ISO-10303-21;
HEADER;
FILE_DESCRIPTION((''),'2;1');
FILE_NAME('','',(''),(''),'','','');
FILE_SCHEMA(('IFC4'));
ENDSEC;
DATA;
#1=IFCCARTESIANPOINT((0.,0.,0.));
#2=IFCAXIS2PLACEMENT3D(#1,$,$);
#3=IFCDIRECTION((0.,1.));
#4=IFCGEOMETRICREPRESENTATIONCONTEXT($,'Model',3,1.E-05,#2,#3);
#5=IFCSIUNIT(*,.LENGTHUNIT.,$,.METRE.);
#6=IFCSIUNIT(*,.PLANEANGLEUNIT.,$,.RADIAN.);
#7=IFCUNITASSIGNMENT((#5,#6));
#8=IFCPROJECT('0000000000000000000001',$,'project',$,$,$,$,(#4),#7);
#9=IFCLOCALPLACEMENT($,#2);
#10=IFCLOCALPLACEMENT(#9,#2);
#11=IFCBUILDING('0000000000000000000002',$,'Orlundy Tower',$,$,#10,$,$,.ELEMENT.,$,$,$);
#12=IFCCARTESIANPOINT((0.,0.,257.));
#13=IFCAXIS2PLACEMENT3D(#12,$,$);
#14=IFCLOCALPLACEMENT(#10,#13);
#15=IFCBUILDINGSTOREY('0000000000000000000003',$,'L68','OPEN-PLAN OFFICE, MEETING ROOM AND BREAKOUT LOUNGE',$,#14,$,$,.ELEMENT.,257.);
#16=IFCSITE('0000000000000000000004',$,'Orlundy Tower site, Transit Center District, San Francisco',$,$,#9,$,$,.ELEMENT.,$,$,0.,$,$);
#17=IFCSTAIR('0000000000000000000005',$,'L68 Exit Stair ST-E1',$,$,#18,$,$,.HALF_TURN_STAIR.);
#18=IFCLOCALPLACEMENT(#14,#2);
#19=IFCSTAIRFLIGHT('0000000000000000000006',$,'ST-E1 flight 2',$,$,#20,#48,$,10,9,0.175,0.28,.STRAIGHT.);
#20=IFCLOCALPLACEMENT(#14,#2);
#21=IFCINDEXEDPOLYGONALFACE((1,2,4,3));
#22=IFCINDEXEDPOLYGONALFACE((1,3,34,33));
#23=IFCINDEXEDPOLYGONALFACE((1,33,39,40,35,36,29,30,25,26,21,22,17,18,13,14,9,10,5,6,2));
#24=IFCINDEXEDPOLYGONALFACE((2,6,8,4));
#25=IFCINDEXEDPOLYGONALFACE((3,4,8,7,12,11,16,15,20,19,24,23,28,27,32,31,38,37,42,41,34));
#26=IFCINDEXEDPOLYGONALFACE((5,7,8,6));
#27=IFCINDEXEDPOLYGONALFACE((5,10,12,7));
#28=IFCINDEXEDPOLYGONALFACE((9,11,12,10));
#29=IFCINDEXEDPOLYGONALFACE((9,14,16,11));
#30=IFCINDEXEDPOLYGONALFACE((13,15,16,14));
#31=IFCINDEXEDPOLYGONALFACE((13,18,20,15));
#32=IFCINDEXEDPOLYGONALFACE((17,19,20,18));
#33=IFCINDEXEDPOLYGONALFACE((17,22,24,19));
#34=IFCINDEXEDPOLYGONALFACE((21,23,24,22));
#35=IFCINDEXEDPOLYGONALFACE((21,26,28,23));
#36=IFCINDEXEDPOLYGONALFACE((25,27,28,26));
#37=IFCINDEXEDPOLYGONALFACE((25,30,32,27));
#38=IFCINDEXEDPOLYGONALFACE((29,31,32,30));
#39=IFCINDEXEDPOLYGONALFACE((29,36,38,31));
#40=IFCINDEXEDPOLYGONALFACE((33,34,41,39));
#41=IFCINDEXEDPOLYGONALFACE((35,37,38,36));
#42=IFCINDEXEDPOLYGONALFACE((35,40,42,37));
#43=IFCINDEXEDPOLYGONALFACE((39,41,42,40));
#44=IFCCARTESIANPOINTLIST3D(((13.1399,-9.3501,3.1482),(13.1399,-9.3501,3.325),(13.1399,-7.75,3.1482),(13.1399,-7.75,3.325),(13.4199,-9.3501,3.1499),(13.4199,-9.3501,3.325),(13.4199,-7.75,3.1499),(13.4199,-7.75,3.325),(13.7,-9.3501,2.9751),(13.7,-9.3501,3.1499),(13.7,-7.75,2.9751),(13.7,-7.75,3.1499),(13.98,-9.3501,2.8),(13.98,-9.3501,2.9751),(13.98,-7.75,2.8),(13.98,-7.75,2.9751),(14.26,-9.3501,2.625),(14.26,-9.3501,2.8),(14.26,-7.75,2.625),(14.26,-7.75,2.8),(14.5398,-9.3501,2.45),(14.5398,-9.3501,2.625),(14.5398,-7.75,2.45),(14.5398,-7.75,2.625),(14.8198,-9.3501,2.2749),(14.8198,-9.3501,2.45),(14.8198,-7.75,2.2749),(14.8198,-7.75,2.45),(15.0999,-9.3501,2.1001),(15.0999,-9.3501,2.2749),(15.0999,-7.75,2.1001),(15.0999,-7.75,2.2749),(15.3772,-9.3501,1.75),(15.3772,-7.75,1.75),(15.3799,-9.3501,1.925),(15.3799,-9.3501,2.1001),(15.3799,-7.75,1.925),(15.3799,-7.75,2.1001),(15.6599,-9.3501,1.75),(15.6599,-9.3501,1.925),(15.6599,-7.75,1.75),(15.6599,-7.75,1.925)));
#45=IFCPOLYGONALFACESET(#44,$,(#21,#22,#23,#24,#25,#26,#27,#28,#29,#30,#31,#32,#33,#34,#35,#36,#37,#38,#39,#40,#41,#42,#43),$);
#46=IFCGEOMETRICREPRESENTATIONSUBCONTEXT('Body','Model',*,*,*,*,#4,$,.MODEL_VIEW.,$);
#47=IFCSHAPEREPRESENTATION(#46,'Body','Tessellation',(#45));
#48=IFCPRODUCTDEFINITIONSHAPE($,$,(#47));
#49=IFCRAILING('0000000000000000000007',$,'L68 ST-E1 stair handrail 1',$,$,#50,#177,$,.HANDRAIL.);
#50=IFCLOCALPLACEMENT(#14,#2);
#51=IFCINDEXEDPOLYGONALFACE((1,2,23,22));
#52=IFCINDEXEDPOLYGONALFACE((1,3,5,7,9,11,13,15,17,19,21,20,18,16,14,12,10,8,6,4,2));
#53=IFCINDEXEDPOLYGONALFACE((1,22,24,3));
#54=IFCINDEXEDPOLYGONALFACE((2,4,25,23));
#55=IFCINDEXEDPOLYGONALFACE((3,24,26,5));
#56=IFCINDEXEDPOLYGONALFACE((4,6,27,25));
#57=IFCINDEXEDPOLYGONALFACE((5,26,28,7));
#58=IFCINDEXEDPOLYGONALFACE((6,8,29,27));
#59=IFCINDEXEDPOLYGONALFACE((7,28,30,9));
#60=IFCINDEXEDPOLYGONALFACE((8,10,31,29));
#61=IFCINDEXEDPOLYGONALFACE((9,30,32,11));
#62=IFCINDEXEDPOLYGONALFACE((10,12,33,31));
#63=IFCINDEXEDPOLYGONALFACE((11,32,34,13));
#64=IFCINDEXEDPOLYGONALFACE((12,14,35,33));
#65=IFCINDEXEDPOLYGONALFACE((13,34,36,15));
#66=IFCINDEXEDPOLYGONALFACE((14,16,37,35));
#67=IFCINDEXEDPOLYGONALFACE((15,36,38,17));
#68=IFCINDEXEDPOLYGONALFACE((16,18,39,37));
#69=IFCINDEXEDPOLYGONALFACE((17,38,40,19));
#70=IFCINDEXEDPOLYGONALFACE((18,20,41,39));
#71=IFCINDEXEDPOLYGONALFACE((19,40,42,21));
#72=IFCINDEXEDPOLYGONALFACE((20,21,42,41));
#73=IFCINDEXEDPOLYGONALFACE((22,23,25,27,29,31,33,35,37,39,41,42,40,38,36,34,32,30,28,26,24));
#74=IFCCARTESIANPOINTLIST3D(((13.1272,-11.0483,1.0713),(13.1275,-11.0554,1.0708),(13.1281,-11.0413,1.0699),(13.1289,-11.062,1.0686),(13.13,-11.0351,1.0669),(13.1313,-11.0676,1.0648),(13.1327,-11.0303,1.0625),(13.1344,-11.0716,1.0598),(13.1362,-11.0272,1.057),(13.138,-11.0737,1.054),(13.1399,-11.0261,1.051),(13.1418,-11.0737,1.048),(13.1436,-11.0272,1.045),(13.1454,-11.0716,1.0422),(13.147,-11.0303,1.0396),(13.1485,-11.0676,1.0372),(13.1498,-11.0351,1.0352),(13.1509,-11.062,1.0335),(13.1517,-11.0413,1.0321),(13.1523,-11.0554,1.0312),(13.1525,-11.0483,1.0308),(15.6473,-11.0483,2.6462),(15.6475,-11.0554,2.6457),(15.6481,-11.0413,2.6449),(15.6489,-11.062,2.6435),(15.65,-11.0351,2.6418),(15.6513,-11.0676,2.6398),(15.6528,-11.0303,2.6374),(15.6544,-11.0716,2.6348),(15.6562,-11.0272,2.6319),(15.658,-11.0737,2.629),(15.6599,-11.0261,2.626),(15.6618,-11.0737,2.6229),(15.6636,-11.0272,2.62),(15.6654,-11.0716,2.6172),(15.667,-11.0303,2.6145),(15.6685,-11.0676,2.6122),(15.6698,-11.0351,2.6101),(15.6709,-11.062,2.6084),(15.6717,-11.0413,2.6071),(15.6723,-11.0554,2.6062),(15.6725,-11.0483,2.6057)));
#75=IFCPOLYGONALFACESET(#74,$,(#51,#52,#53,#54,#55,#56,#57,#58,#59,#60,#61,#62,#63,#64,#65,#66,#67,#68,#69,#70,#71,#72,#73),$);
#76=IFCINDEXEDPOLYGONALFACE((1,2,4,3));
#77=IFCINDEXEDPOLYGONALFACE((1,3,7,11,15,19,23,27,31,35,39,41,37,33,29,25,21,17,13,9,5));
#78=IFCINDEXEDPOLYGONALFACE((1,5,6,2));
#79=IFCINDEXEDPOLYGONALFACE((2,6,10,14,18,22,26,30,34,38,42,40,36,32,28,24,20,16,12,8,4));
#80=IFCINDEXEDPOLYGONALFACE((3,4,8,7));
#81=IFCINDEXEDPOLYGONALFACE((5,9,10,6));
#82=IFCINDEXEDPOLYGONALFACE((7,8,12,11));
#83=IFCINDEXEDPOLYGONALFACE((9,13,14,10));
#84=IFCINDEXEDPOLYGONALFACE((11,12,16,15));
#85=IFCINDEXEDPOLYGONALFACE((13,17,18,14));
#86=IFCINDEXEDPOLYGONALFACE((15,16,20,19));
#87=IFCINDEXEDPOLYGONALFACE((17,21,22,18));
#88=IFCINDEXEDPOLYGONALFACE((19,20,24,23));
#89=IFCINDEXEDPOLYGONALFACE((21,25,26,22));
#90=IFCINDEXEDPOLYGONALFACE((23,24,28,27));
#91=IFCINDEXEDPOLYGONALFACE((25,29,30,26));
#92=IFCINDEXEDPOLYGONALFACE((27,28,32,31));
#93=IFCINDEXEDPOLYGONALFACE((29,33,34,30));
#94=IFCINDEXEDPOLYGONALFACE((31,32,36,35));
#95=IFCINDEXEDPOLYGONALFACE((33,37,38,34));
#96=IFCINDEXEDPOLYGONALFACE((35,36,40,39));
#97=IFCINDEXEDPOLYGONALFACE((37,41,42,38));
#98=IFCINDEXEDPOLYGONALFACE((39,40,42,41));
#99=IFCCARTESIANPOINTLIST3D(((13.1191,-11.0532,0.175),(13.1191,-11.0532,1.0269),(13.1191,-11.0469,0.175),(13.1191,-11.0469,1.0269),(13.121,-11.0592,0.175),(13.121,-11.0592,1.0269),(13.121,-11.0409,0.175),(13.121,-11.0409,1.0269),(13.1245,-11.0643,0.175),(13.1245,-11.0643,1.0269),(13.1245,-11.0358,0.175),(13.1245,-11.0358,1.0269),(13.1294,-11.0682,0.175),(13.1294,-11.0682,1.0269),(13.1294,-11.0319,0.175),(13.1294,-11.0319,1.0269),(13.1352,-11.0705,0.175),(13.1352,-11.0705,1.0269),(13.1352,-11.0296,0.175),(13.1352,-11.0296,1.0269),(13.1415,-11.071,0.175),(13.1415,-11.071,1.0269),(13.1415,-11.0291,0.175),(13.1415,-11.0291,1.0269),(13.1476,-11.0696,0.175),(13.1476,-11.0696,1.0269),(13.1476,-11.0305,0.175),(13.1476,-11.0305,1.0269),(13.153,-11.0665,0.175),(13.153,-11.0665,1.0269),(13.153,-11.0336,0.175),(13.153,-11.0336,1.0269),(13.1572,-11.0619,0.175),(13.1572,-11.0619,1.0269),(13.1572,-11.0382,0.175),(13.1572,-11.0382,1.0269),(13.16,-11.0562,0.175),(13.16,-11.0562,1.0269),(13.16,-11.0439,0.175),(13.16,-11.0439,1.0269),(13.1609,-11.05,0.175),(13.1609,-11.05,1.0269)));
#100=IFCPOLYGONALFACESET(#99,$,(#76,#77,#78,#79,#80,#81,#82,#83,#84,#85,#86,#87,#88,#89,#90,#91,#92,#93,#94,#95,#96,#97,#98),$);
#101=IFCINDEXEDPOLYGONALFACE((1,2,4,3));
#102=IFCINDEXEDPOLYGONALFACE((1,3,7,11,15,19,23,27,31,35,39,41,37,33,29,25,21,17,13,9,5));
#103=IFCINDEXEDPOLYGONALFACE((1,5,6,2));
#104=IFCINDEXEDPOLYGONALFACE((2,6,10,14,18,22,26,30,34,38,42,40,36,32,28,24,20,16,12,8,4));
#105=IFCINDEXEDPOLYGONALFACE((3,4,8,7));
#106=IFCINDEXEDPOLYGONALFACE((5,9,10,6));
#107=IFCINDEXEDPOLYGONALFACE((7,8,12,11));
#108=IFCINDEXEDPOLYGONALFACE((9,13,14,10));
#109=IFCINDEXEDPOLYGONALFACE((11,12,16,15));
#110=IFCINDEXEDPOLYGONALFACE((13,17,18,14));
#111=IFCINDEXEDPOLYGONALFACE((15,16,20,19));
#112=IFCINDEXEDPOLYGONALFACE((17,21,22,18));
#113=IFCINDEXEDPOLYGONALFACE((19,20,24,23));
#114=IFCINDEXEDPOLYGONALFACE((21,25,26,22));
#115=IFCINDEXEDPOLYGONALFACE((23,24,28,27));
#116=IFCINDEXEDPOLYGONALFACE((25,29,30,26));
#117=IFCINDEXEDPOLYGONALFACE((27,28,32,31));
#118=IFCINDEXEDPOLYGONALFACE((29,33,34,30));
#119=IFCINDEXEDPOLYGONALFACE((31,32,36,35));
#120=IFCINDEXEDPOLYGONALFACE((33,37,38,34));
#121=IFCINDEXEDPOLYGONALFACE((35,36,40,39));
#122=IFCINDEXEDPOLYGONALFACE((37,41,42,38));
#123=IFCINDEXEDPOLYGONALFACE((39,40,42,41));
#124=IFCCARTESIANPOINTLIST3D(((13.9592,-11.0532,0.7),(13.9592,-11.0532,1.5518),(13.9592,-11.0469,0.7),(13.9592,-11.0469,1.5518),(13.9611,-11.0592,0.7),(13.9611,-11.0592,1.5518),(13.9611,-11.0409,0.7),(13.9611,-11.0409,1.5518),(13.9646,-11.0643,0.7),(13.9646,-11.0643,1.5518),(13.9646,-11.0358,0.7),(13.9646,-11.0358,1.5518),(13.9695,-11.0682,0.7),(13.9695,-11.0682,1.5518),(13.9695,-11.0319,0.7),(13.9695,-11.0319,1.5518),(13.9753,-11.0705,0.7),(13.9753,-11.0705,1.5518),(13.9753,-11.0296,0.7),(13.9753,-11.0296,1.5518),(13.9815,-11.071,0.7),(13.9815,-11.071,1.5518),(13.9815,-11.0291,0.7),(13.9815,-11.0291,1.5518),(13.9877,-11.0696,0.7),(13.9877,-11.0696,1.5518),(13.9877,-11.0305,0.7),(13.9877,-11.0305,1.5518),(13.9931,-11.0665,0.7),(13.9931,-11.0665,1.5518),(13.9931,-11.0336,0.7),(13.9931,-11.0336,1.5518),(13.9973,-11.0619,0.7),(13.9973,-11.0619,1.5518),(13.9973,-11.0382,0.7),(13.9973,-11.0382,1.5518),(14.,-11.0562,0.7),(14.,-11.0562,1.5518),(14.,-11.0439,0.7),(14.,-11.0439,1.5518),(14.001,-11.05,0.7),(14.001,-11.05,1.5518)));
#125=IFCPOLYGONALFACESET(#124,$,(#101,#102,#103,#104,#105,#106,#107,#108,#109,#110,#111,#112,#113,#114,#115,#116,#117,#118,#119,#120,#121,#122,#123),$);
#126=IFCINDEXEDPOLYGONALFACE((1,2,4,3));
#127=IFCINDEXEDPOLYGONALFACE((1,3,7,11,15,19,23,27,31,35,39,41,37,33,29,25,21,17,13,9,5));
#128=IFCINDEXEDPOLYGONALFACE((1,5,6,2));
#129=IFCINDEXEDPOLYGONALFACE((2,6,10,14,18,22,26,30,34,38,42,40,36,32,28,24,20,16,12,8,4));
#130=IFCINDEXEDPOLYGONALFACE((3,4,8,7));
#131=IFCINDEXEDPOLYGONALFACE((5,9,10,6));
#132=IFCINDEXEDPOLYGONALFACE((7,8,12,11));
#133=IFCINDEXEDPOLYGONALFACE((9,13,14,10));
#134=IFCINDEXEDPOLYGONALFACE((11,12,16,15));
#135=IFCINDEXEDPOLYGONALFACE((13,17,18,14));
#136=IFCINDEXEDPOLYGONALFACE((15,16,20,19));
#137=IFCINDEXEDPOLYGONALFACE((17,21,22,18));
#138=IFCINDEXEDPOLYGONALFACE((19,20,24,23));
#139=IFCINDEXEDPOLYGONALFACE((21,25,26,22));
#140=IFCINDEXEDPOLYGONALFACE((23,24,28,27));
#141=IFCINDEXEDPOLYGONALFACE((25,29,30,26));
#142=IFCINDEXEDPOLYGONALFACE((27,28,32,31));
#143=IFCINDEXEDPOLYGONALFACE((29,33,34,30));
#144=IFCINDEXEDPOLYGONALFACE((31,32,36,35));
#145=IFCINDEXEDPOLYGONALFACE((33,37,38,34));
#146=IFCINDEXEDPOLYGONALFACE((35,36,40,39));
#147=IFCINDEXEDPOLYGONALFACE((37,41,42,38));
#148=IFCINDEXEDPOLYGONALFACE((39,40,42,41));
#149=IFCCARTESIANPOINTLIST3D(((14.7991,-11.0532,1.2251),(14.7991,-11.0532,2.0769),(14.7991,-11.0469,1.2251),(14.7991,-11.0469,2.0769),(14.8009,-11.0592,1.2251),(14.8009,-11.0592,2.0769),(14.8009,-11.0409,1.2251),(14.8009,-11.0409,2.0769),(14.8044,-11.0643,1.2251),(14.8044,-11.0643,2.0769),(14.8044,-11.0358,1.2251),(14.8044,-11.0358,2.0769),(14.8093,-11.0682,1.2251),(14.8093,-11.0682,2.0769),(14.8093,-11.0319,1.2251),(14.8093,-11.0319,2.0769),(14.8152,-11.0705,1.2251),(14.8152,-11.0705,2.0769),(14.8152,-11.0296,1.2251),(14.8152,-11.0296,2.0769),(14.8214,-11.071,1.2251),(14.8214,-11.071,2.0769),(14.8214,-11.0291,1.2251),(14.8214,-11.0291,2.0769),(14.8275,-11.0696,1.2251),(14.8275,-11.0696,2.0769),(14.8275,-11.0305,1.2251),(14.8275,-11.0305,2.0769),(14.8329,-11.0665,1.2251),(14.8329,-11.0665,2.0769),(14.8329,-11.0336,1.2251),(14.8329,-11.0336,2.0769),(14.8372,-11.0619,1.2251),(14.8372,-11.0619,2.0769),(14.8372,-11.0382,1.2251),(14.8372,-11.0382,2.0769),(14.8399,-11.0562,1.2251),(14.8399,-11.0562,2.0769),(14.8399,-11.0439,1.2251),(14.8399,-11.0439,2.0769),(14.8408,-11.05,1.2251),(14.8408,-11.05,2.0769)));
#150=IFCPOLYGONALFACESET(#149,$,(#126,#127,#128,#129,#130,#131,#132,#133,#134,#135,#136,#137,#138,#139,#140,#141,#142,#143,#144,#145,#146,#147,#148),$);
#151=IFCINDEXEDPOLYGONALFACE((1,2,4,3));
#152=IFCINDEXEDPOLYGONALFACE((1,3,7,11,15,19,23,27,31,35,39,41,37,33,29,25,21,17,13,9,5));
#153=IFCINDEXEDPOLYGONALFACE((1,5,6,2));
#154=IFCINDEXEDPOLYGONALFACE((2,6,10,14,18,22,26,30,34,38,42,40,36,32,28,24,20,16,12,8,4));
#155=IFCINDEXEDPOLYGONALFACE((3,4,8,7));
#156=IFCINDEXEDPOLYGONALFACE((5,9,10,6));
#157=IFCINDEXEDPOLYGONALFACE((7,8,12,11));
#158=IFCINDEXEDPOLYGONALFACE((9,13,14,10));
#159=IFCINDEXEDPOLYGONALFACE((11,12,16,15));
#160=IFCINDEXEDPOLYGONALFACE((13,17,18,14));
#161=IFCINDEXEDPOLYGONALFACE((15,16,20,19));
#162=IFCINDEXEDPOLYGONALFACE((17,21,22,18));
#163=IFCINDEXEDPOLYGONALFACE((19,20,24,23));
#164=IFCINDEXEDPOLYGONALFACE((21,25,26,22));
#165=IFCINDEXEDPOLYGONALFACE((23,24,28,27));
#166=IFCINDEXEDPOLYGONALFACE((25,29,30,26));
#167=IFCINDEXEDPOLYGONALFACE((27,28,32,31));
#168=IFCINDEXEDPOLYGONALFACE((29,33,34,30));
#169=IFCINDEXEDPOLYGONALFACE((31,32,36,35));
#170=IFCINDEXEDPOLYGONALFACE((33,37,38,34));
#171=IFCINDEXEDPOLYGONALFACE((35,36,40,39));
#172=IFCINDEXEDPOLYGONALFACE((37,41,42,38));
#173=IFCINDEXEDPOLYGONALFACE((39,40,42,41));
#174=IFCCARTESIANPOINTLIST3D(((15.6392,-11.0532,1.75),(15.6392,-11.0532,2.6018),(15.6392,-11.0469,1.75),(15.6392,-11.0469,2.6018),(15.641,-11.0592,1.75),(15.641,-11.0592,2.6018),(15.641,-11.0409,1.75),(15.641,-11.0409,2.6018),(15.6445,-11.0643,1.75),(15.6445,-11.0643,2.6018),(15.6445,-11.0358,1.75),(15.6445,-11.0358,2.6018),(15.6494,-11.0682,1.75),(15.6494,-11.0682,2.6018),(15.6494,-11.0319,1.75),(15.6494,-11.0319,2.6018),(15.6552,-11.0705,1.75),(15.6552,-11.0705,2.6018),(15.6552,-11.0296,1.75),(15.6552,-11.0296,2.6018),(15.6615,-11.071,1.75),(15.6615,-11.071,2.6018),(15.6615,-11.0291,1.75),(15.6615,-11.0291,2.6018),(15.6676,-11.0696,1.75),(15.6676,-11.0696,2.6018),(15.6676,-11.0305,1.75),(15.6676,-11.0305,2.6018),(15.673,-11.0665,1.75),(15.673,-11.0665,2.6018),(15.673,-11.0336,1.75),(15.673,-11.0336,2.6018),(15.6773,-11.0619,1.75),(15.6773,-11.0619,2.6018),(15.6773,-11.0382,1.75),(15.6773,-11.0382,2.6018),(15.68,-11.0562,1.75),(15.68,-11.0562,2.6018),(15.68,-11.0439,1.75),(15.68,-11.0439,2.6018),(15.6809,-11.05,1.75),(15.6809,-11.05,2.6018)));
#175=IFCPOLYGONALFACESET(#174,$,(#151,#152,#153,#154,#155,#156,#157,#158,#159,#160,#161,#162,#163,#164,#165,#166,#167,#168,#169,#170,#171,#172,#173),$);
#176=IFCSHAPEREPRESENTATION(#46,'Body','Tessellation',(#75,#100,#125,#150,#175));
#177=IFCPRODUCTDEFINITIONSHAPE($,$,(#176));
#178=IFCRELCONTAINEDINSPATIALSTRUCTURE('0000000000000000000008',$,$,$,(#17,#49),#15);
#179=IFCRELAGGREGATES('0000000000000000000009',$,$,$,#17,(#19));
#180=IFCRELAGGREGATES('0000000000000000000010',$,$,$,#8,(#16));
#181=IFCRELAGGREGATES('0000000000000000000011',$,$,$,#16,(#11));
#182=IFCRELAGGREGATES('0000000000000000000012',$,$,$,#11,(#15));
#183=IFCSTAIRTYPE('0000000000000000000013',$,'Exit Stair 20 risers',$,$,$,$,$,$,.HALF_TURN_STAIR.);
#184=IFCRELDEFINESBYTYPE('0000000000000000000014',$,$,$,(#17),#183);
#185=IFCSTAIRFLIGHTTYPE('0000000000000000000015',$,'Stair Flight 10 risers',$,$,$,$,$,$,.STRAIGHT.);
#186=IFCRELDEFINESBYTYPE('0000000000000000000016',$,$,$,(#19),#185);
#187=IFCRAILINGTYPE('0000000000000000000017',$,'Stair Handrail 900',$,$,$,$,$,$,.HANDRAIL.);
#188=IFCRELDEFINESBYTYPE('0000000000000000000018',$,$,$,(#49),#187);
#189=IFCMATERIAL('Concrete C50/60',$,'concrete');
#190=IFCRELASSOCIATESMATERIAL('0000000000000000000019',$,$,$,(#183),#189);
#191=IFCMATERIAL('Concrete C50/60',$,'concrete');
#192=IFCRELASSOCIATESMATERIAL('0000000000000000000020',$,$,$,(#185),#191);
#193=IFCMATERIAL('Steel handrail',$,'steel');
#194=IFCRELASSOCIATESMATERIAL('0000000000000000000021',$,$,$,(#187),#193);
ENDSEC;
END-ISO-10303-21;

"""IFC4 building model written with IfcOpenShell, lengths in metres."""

from ifc_helpers import new_model, si_unit, direction, frame, origin, origin_2d, place, context, subcontext, project, spatial, polyline, circle, outline, extrude, material, type_object, element, aggregate, save


model = new_model("IFC4")

# Units and contexts
model_context = context("Model", 3, precision=1e-05, world=origin(), true_north=direction((0.0, 1.0)))
body_context = subcontext(model_context, "Body", "Model", "MODEL_VIEW")
ifc_project = project(units=[si_unit("LENGTHUNIT", "METRE"), si_unit("PLANEANGLEUNIT", "RADIAN")], contexts=[model_context])

# Site, building, storey
site_placement = place(None, origin())
site = spatial("IfcSite", under=ifc_project, at=site_placement, Name="Orlundy Tower site, Transit Center District, San Francisco", CompositionType="ELEMENT", RefElevation=0.0)
building_placement = place(site_placement, origin())
building = spatial("IfcBuilding", under=site, at=building_placement, Name="Orlundy Tower", CompositionType="ELEMENT")
storey_placement = place(building_placement, frame((0.0, 0.0, 257.0)))
storey = spatial("IfcBuildingStorey", under=building, at=storey_placement, Name="L68", Description="OPEN-PLAN OFFICE, MEETING ROOM AND BREAKOUT LOUNGE", CompositionType="ELEMENT", Elevation=257.0)

# Stair, stair flight
ifc_material_1 = material(Name="Concrete C50/60", Category="concrete")
stair_type = type_object("IfcStairType", Name="Exit Stair 20 risers", PredefinedType="HALF_TURN_STAIR", material=ifc_material_1)
stair_placement = place(storey_placement, origin())
stair = element("IfcStair", 1, at=stair_placement, inside=storey, type_object=stair_type, Name="L68 Exit Stair ST-E1", PredefinedType="HALF_TURN_STAIR")
ifc_material_2 = material(Name="Concrete C50/60", Category="concrete")
stair_flight_type = type_object("IfcStairFlightType", Name="Stair Flight 10 risers", PredefinedType="STRAIGHT", material=ifc_material_2)
stair_flight_1_placement = place(storey_placement, frame((15.6599, -8.55, 1.75), z_axis=(0.0, 0.0, 1.0), x_axis=(-1.0, 0.0, 0.0)))
stair_flight_1 = element("IfcStairFlight", 2, at=stair_flight_1_placement, type_object=stair_flight_type, Name="ST-E1 flight 2", NumberOfRisers=10, NumberOfTreads=9, PredefinedType="STRAIGHT", RiserHeight=0.175, TreadLength=0.28, context=body_context, shape_type="SweptSolid", body=[
    extrude(outline(polyline([(0.0, 0.0), (0.0, 0.175), (0.28, 0.175), (0.28, 0.3501), (0.5601, 0.3501), (0.5601, 0.5249), (0.8401, 0.5249), (0.8401, 0.7), (1.1201, 0.7), (1.1201, 0.875), (1.3999, 0.875), (1.3999, 1.05), (1.6799, 1.05), (1.6799, 1.2251), (1.96, 1.2251), (1.96, 1.3999), (2.24, 1.3999), (2.24, 1.575), (2.52, 1.575), (2.52, 1.75), (2.52, 1.3982), (0.2827, 0.0), (0.0, 0.0)])), frame((0.0, 0.8, 0.0), z_axis=(0.0, -1.0, 0.0), x_axis=(1.0, 0.0, 0.0)), (0.0, 0.0, 1.0), 1.6001),
])
aggregate(stair, [stair_flight_1])

# Railing
ifc_material_3 = material(Name="Steel handrail", Category="steel")
railing_type_1 = type_object("IfcRailingType", Name="Stair Handrail 900", PredefinedType="HANDRAIL", material=ifc_material_3)
railing_1_placement = place(storey_placement, frame((13.1399, -11.05, 0.175)))
element("IfcRailing", 3, at=railing_1_placement, inside=storey, type_object=railing_type_1, Name="L68 ST-E1 stair handrail 1", PredefinedType="HANDRAIL", context=body_context, shape_type="SweptSolid", body=[
    extrude(circle(Radius=0.0239, at=origin_2d()), frame((0.0, 0.0, 0.876), z_axis=(0.848008, 0.0, 0.529984), x_axis=(0.0, 1.0, 0.0)), (0.0, 0.0, 1.0), 2.9717),
    extrude(circle(Radius=0.021, at=origin_2d()), origin(), (0.0, 0.0, 1.0), 0.8518),
    extrude(circle(Radius=0.021, at=origin_2d()), frame((0.8401, 0.0, 0.5249)), (0.0, 0.0, 1.0), 0.8518),
    extrude(circle(Radius=0.021, at=origin_2d()), frame((1.6799, 0.0, 1.05)), (0.0, 0.0, 1.0), 0.8518),
    extrude(circle(Radius=0.021, at=origin_2d()), frame((2.52, 0.0, 1.575)), (0.0, 0.0, 1.0), 0.8518),
])

save(model, "model.ifc")
